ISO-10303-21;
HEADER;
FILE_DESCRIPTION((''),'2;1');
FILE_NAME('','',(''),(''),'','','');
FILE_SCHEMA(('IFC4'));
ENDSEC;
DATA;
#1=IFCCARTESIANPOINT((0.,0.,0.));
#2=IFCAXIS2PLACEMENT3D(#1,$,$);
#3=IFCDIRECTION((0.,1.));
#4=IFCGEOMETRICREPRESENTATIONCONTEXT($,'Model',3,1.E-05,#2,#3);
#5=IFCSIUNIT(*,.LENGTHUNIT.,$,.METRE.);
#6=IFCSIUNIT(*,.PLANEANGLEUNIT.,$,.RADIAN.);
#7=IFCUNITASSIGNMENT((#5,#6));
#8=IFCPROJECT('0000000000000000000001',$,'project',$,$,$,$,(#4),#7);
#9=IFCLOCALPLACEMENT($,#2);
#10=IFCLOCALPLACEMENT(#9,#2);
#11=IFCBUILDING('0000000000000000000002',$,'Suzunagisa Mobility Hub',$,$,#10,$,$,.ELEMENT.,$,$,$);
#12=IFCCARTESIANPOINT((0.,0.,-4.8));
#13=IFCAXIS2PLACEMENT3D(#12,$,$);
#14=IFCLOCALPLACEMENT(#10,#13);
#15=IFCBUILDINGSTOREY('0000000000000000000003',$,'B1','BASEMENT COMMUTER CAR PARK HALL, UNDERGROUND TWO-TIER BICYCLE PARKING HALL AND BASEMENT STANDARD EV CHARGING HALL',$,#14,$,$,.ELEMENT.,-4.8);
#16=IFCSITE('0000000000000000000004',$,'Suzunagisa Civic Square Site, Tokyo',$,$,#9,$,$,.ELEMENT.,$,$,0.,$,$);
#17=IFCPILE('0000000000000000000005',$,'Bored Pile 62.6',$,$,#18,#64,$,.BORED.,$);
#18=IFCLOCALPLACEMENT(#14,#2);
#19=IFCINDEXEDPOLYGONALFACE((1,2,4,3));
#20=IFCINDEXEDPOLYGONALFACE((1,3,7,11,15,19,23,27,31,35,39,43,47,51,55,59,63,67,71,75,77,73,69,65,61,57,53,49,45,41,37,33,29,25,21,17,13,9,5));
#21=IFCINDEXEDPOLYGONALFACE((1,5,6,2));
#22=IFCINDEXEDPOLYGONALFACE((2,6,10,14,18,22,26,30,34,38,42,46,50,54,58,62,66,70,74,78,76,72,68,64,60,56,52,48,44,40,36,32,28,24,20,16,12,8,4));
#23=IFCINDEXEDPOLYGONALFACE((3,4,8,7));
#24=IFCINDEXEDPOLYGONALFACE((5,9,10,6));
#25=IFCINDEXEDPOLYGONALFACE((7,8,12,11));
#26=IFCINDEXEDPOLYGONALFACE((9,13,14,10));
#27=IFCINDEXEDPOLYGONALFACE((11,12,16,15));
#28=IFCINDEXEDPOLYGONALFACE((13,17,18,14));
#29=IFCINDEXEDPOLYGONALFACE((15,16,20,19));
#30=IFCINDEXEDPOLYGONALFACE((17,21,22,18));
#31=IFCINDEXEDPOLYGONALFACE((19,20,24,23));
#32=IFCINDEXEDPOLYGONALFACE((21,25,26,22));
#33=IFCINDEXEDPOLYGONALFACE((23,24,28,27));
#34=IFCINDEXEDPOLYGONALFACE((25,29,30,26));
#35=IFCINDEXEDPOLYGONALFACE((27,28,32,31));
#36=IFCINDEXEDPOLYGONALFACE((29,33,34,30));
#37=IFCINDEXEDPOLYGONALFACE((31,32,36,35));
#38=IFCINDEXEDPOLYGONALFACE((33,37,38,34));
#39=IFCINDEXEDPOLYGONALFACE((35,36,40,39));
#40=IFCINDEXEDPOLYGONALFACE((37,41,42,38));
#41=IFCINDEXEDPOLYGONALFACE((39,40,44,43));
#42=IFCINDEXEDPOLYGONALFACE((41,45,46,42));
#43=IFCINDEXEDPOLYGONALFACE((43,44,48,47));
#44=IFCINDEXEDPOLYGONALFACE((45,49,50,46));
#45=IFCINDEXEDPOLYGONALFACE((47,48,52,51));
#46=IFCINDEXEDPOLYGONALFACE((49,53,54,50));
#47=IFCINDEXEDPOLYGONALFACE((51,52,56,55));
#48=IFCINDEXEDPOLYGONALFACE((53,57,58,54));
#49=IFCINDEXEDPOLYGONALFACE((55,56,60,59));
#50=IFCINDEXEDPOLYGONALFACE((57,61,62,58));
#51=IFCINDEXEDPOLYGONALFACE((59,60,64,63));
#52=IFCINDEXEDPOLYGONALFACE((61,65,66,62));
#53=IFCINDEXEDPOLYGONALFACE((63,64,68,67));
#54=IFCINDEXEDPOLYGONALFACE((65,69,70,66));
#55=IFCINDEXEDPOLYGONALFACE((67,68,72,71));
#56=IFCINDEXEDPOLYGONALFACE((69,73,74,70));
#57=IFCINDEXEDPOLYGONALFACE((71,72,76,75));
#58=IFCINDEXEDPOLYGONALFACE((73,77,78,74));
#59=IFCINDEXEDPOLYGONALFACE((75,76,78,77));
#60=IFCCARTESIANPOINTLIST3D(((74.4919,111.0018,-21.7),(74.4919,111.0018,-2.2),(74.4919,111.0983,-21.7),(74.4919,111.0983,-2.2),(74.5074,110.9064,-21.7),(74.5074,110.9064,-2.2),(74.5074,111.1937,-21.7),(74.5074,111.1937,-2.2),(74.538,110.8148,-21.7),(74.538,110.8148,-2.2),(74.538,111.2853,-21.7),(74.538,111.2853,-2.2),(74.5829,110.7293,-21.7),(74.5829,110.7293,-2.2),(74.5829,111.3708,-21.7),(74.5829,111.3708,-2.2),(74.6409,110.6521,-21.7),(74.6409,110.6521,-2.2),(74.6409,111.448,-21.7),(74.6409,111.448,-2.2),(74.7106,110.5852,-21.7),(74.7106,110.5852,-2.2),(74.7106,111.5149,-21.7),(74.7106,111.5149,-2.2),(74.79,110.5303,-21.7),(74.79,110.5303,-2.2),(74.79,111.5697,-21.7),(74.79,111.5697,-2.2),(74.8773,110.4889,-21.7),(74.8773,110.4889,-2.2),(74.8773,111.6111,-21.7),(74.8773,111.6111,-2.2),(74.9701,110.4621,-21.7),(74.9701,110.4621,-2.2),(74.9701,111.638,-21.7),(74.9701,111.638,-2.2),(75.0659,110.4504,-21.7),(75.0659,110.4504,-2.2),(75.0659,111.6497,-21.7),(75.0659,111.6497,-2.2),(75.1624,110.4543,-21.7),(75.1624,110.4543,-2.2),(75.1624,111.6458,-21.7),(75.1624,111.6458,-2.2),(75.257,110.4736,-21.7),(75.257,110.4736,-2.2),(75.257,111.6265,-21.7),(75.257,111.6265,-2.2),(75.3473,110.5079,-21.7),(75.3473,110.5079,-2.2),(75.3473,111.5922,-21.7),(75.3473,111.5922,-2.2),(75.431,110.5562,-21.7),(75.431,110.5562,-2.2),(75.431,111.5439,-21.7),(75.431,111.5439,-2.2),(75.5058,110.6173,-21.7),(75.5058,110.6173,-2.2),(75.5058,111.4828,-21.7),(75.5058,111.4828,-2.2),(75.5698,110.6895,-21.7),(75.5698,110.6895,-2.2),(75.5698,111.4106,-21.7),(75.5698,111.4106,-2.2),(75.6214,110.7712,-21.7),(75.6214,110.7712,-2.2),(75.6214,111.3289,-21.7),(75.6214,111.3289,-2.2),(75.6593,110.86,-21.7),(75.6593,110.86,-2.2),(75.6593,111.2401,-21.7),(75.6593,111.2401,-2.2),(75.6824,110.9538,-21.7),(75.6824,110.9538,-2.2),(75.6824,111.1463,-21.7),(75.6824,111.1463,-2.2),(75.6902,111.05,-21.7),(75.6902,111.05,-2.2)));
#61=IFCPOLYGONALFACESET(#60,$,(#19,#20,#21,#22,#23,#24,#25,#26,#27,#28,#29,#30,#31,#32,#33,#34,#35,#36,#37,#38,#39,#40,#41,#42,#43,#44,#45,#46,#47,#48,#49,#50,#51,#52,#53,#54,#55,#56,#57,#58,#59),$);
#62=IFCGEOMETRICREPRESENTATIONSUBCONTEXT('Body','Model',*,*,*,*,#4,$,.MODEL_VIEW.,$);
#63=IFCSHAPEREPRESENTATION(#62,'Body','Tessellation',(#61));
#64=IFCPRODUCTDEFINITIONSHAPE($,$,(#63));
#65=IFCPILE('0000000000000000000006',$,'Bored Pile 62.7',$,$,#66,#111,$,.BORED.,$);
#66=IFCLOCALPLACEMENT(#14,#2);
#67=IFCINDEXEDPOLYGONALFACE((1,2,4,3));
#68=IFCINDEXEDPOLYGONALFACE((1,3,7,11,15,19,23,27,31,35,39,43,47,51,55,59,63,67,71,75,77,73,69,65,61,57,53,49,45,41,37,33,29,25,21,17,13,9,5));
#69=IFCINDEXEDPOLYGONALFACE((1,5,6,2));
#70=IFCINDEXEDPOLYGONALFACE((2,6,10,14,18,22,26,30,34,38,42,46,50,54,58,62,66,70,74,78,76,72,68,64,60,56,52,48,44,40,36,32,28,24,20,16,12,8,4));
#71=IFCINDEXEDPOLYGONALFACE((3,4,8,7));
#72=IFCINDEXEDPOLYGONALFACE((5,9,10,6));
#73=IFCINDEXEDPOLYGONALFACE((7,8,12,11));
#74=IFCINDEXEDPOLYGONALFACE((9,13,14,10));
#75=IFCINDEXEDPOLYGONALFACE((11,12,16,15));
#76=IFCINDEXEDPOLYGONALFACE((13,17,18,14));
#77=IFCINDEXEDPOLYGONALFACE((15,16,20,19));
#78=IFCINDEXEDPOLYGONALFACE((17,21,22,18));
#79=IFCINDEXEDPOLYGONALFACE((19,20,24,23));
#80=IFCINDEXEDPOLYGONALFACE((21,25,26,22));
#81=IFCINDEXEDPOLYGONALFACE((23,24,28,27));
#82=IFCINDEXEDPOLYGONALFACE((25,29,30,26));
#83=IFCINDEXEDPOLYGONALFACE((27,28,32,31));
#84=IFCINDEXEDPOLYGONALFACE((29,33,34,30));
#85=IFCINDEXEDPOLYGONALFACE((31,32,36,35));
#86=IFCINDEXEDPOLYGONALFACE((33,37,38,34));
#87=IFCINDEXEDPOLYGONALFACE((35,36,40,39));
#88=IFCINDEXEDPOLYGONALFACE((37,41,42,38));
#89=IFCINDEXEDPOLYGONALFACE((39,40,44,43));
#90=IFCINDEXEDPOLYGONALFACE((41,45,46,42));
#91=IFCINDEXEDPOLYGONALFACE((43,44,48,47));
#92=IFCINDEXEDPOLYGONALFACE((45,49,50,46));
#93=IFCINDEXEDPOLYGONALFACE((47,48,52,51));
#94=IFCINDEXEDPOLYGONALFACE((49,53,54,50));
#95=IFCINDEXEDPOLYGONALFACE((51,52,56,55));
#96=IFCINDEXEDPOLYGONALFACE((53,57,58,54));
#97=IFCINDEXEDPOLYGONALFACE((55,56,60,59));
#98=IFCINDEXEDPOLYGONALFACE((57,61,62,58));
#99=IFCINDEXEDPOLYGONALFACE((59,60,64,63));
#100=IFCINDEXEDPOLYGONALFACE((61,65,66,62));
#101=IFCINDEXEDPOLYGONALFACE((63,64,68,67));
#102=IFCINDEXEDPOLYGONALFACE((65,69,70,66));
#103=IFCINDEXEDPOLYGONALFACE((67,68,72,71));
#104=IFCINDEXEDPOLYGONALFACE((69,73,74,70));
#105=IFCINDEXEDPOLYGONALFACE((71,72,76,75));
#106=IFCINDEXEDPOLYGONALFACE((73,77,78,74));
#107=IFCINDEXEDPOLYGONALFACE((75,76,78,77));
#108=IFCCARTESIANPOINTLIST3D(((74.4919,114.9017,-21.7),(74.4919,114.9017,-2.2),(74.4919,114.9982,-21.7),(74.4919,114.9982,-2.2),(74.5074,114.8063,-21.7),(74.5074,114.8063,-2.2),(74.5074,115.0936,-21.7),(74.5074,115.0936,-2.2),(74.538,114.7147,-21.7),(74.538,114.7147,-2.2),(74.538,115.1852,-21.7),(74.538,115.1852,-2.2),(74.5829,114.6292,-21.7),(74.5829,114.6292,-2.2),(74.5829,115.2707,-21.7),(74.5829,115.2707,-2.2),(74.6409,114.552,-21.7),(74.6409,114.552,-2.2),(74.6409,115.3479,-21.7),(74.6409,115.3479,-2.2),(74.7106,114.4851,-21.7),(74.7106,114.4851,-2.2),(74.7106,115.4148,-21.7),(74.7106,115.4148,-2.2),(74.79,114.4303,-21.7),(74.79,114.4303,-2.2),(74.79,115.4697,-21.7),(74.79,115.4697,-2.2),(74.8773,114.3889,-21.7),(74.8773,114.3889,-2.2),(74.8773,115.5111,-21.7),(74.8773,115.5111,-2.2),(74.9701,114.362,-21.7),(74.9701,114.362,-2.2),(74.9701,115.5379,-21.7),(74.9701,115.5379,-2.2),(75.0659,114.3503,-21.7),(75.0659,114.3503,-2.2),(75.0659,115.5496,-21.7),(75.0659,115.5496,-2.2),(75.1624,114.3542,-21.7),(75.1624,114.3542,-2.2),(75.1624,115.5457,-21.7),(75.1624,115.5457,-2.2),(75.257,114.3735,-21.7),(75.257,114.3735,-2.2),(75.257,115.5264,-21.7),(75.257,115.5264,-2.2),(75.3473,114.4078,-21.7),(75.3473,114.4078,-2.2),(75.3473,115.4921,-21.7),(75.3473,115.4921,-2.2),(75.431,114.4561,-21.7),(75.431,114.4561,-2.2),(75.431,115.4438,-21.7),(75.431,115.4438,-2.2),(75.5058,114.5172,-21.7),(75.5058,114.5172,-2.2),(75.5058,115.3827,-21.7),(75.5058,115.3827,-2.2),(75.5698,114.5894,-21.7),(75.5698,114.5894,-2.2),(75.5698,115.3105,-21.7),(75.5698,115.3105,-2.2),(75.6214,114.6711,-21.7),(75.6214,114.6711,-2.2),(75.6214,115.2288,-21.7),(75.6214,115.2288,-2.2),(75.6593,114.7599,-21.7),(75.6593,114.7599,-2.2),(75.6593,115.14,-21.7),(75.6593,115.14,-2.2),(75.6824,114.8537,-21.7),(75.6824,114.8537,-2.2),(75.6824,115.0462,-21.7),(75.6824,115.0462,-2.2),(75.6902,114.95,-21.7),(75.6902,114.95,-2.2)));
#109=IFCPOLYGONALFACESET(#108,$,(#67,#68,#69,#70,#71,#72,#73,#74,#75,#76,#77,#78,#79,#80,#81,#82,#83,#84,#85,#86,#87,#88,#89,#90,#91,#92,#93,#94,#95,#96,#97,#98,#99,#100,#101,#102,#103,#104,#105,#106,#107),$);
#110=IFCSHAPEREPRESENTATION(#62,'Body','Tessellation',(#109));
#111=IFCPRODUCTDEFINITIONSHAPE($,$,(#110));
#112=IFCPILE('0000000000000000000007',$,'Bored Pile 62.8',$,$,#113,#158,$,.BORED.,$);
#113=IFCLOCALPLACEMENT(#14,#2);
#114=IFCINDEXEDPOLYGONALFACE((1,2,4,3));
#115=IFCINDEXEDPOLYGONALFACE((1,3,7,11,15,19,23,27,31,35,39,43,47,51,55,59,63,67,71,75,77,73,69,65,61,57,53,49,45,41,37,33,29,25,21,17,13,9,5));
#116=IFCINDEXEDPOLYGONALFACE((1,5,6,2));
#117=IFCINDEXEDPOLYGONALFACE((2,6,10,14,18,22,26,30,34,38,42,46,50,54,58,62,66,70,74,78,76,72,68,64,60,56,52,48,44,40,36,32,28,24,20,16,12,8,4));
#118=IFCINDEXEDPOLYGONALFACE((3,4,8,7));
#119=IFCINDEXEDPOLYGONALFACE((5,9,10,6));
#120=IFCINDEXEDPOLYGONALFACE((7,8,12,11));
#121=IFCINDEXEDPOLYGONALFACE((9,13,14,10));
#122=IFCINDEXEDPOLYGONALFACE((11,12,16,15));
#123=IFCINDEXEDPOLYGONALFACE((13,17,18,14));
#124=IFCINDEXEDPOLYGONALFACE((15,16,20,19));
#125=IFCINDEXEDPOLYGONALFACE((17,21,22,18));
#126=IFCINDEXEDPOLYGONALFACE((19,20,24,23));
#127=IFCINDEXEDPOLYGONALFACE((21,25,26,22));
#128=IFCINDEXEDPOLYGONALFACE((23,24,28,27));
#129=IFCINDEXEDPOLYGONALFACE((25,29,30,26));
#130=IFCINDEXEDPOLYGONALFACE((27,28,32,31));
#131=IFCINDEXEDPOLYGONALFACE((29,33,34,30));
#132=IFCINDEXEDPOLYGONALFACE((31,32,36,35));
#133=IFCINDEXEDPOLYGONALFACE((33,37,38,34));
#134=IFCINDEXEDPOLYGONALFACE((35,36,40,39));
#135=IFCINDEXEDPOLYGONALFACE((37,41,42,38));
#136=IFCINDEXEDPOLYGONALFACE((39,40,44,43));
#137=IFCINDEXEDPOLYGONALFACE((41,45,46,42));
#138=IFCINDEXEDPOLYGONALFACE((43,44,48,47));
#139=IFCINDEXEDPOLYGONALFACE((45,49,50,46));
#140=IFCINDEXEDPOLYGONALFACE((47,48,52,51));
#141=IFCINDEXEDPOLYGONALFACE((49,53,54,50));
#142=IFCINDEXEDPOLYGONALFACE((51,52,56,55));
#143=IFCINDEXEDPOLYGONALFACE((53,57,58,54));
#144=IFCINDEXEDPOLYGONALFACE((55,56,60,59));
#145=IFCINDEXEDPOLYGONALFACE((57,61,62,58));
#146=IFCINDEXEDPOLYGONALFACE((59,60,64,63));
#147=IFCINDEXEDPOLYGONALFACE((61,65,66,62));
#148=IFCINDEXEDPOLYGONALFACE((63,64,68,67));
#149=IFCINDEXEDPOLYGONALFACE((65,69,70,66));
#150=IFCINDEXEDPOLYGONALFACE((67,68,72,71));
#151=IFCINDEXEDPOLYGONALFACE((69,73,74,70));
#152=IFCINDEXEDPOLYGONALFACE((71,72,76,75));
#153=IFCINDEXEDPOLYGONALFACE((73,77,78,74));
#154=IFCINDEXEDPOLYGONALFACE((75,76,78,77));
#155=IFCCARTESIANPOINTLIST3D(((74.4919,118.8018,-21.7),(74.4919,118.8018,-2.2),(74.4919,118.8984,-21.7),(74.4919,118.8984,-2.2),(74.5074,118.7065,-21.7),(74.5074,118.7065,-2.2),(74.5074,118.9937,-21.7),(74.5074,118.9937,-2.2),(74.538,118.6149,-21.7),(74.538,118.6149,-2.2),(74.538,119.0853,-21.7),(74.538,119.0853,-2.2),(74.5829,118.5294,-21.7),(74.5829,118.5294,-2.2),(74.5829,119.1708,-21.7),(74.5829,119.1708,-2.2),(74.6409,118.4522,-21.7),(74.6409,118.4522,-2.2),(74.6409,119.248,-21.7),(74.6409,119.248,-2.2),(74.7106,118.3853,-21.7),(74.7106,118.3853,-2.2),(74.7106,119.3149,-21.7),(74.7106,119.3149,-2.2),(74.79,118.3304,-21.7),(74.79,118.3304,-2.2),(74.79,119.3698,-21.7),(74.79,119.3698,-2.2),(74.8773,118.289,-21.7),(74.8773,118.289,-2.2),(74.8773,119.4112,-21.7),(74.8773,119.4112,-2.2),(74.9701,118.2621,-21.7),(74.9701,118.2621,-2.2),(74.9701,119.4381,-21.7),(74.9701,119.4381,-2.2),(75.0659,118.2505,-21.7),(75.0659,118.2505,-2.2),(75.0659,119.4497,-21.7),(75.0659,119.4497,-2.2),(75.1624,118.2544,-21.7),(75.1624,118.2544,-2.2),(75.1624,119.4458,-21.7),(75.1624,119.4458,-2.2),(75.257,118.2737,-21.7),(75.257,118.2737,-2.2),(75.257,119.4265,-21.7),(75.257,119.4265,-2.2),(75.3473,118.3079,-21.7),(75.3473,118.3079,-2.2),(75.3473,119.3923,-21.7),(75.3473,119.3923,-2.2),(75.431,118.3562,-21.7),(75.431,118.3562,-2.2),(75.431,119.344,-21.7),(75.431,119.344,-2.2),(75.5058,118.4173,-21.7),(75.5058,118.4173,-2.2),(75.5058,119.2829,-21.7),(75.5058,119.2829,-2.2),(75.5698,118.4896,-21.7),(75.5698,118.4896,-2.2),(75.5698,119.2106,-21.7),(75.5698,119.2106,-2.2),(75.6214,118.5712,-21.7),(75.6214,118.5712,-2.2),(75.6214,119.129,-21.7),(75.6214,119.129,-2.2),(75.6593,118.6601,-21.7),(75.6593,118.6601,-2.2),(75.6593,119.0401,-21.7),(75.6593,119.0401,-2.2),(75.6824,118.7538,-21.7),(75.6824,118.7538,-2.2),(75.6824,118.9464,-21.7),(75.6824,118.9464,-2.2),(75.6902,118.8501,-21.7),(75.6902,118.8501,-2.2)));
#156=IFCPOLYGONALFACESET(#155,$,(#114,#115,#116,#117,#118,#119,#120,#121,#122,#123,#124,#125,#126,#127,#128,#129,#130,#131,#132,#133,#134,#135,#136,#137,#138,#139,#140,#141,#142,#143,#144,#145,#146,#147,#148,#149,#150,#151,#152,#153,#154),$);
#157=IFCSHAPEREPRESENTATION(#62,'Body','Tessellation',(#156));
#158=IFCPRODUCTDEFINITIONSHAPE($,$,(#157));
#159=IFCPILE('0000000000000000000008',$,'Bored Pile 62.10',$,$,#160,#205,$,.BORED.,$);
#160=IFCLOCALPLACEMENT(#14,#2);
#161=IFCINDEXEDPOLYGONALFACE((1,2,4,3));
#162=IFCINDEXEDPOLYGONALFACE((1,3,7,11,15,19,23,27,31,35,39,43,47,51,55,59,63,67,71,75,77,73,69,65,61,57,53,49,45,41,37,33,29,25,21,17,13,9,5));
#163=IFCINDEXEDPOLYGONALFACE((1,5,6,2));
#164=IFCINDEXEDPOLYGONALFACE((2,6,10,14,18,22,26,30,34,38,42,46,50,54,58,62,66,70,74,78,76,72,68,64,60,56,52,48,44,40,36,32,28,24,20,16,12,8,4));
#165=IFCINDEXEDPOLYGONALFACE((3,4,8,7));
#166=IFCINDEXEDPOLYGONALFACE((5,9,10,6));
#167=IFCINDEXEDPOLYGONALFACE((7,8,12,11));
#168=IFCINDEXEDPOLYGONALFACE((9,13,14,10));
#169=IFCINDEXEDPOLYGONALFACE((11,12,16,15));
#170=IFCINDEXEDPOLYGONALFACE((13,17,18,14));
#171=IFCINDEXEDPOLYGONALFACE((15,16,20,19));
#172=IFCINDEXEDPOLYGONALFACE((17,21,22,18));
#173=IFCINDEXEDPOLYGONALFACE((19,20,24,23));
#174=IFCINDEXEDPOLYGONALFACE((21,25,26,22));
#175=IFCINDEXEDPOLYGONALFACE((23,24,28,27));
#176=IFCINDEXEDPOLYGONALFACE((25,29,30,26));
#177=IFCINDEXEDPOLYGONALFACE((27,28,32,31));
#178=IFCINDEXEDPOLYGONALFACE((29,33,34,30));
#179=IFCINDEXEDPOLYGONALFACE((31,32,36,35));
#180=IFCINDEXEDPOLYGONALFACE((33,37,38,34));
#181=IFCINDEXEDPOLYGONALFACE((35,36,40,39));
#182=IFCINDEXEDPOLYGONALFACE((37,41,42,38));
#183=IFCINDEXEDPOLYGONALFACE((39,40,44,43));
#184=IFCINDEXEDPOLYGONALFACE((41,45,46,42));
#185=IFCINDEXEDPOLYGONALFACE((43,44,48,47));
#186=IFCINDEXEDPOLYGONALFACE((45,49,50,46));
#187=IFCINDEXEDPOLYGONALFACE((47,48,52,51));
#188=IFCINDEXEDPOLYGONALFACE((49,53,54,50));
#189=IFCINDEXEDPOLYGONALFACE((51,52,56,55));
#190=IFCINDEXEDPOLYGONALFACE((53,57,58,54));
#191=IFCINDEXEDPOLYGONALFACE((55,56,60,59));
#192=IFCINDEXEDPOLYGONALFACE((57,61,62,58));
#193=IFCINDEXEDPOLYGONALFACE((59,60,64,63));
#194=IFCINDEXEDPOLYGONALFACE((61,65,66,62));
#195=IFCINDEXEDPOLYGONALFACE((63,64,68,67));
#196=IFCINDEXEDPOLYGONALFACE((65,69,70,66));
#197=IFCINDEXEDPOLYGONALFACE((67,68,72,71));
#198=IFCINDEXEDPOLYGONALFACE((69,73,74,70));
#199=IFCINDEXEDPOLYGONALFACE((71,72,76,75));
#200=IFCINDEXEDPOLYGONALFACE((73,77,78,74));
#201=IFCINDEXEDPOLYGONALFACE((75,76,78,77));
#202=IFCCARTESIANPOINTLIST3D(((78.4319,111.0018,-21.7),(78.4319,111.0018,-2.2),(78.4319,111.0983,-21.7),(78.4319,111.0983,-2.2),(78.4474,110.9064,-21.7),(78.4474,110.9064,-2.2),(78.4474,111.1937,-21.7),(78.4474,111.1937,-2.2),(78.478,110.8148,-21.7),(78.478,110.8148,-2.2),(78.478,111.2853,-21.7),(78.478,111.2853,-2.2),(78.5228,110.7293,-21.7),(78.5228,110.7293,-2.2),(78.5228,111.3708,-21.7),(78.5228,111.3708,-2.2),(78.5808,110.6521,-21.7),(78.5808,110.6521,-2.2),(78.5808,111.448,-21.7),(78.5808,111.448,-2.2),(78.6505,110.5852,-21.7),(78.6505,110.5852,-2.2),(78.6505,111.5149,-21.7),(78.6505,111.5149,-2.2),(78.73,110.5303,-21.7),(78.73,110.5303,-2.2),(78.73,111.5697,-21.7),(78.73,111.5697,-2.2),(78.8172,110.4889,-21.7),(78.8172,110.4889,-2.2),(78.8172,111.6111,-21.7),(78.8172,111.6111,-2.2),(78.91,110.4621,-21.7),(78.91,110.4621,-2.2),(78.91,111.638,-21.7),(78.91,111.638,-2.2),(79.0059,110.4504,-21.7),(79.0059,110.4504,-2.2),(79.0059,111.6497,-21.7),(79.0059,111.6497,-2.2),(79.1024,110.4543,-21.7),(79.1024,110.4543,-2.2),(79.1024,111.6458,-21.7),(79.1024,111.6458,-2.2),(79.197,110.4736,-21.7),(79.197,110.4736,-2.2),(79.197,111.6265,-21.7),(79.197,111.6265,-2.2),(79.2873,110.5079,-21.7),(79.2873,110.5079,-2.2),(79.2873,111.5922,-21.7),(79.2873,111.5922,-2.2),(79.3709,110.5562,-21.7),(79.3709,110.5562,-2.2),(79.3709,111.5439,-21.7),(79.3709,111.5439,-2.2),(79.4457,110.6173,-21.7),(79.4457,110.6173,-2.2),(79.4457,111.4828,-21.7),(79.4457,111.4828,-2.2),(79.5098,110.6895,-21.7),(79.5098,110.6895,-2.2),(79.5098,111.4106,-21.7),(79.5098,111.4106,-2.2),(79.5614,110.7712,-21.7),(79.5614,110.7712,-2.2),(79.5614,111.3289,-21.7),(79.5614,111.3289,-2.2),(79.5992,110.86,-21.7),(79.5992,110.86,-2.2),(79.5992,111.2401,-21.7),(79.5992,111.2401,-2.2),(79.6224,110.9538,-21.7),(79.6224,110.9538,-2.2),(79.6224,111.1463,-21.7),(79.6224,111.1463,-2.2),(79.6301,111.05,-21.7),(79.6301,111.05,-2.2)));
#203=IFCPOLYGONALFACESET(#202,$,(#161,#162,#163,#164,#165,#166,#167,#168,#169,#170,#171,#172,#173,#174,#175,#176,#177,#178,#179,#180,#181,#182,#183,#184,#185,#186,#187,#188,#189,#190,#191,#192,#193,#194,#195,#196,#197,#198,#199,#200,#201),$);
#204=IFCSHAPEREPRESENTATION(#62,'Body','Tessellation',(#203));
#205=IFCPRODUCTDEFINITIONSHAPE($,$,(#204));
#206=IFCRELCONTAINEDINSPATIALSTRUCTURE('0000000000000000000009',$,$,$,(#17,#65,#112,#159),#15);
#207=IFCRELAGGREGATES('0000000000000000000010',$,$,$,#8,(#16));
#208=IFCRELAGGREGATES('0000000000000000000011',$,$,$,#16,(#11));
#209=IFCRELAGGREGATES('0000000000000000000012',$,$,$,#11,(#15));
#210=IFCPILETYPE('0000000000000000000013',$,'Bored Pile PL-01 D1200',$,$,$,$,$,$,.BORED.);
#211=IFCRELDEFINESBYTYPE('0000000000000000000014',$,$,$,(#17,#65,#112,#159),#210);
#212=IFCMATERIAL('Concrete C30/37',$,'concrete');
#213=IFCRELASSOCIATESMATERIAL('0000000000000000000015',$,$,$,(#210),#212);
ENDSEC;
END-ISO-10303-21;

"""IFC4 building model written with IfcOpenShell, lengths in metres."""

from ifc_helpers import new_model, si_unit, direction, frame, origin, origin_2d, place, context, subcontext, project, spatial, circle, extrude, material, material_profile, profile_set, type_object, element, save


model = new_model("IFC4")

# Units and contexts
model_context = context("Model", 3, precision=1e-05, world=origin(), true_north=direction((0.0, 1.0)))
body_context = subcontext(model_context, "Body", "Model", "MODEL_VIEW")
ifc_project = project(units=[si_unit("LENGTHUNIT", "METRE"), si_unit("PLANEANGLEUNIT", "RADIAN")], contexts=[model_context])

# Site, building, storey
site_placement = place(None, origin())
site = spatial("IfcSite", under=ifc_project, at=site_placement, Name="Suzunagisa Civic Square Site, Tokyo", CompositionType="ELEMENT", RefElevation=0.0)
building_placement = place(site_placement, origin())
building = spatial("IfcBuilding", under=site, at=building_placement, Name="Suzunagisa Mobility Hub", CompositionType="ELEMENT")
storey_placement = place(building_placement, frame((0.0, 0.0, -4.8)))
storey = spatial("IfcBuildingStorey", under=building, at=storey_placement, Name="B1", Description="BASEMENT COMMUTER CAR PARK HALL, UNDERGROUND TWO-TIER BICYCLE PARKING HALL AND BASEMENT STANDARD EV CHARGING HALL", CompositionType="ELEMENT", Elevation=-4.8)

# Piles
ifc_material_1 = material(Name="Concrete C30/37", Category="concrete")
ifc_material_profile_1 = material_profile(ifc_material_1, circle(Radius=0.6001, at=origin_2d()), Name="BORED PILE D1200")
ifc_profile_set_1 = profile_set([ifc_material_profile_1], Name="Concrete C30/37")
pile_type = type_object("IfcPileType", Name="Bored Pile PL-01 D1200", PredefinedType="BORED", material=ifc_profile_set_1)
for number, where, z_axis, x_axis, name in (
    (1, (75.0901, 111.05, -2.2), (0.0, 0.0, -1.0), (1.0, 0.0, 0.0), "Bored Pile 62.6"),
    (2, (75.0901, 114.95, -2.2), (0.0, 0.0, -1.0), (1.0, 0.0, 0.0), "Bored Pile 62.7"),
    (3, (75.0901, 118.8501, -2.2), (0.0, 0.0, -1.0), (1.0, 0.0, 0.0), "Bored Pile 62.8"),
    (4, (79.03, 111.05, -2.2), (0.0, 0.0, -1.0), (1.0, 0.0, 0.0), "Bored Pile 62.10"),
):
    element("IfcPile", number, at=place(storey_placement, frame(where, z_axis=z_axis, x_axis=x_axis)), inside=storey, type_object=pile_type, Name=name, PredefinedType="BORED", context=body_context, shape_type="SweptSolid", body=[
        extrude(circle(Radius=0.6001, at=origin_2d()), origin(), (0.0, 0.0, 1.0), 19.5),
    ])

save(model, "model.ifc")
